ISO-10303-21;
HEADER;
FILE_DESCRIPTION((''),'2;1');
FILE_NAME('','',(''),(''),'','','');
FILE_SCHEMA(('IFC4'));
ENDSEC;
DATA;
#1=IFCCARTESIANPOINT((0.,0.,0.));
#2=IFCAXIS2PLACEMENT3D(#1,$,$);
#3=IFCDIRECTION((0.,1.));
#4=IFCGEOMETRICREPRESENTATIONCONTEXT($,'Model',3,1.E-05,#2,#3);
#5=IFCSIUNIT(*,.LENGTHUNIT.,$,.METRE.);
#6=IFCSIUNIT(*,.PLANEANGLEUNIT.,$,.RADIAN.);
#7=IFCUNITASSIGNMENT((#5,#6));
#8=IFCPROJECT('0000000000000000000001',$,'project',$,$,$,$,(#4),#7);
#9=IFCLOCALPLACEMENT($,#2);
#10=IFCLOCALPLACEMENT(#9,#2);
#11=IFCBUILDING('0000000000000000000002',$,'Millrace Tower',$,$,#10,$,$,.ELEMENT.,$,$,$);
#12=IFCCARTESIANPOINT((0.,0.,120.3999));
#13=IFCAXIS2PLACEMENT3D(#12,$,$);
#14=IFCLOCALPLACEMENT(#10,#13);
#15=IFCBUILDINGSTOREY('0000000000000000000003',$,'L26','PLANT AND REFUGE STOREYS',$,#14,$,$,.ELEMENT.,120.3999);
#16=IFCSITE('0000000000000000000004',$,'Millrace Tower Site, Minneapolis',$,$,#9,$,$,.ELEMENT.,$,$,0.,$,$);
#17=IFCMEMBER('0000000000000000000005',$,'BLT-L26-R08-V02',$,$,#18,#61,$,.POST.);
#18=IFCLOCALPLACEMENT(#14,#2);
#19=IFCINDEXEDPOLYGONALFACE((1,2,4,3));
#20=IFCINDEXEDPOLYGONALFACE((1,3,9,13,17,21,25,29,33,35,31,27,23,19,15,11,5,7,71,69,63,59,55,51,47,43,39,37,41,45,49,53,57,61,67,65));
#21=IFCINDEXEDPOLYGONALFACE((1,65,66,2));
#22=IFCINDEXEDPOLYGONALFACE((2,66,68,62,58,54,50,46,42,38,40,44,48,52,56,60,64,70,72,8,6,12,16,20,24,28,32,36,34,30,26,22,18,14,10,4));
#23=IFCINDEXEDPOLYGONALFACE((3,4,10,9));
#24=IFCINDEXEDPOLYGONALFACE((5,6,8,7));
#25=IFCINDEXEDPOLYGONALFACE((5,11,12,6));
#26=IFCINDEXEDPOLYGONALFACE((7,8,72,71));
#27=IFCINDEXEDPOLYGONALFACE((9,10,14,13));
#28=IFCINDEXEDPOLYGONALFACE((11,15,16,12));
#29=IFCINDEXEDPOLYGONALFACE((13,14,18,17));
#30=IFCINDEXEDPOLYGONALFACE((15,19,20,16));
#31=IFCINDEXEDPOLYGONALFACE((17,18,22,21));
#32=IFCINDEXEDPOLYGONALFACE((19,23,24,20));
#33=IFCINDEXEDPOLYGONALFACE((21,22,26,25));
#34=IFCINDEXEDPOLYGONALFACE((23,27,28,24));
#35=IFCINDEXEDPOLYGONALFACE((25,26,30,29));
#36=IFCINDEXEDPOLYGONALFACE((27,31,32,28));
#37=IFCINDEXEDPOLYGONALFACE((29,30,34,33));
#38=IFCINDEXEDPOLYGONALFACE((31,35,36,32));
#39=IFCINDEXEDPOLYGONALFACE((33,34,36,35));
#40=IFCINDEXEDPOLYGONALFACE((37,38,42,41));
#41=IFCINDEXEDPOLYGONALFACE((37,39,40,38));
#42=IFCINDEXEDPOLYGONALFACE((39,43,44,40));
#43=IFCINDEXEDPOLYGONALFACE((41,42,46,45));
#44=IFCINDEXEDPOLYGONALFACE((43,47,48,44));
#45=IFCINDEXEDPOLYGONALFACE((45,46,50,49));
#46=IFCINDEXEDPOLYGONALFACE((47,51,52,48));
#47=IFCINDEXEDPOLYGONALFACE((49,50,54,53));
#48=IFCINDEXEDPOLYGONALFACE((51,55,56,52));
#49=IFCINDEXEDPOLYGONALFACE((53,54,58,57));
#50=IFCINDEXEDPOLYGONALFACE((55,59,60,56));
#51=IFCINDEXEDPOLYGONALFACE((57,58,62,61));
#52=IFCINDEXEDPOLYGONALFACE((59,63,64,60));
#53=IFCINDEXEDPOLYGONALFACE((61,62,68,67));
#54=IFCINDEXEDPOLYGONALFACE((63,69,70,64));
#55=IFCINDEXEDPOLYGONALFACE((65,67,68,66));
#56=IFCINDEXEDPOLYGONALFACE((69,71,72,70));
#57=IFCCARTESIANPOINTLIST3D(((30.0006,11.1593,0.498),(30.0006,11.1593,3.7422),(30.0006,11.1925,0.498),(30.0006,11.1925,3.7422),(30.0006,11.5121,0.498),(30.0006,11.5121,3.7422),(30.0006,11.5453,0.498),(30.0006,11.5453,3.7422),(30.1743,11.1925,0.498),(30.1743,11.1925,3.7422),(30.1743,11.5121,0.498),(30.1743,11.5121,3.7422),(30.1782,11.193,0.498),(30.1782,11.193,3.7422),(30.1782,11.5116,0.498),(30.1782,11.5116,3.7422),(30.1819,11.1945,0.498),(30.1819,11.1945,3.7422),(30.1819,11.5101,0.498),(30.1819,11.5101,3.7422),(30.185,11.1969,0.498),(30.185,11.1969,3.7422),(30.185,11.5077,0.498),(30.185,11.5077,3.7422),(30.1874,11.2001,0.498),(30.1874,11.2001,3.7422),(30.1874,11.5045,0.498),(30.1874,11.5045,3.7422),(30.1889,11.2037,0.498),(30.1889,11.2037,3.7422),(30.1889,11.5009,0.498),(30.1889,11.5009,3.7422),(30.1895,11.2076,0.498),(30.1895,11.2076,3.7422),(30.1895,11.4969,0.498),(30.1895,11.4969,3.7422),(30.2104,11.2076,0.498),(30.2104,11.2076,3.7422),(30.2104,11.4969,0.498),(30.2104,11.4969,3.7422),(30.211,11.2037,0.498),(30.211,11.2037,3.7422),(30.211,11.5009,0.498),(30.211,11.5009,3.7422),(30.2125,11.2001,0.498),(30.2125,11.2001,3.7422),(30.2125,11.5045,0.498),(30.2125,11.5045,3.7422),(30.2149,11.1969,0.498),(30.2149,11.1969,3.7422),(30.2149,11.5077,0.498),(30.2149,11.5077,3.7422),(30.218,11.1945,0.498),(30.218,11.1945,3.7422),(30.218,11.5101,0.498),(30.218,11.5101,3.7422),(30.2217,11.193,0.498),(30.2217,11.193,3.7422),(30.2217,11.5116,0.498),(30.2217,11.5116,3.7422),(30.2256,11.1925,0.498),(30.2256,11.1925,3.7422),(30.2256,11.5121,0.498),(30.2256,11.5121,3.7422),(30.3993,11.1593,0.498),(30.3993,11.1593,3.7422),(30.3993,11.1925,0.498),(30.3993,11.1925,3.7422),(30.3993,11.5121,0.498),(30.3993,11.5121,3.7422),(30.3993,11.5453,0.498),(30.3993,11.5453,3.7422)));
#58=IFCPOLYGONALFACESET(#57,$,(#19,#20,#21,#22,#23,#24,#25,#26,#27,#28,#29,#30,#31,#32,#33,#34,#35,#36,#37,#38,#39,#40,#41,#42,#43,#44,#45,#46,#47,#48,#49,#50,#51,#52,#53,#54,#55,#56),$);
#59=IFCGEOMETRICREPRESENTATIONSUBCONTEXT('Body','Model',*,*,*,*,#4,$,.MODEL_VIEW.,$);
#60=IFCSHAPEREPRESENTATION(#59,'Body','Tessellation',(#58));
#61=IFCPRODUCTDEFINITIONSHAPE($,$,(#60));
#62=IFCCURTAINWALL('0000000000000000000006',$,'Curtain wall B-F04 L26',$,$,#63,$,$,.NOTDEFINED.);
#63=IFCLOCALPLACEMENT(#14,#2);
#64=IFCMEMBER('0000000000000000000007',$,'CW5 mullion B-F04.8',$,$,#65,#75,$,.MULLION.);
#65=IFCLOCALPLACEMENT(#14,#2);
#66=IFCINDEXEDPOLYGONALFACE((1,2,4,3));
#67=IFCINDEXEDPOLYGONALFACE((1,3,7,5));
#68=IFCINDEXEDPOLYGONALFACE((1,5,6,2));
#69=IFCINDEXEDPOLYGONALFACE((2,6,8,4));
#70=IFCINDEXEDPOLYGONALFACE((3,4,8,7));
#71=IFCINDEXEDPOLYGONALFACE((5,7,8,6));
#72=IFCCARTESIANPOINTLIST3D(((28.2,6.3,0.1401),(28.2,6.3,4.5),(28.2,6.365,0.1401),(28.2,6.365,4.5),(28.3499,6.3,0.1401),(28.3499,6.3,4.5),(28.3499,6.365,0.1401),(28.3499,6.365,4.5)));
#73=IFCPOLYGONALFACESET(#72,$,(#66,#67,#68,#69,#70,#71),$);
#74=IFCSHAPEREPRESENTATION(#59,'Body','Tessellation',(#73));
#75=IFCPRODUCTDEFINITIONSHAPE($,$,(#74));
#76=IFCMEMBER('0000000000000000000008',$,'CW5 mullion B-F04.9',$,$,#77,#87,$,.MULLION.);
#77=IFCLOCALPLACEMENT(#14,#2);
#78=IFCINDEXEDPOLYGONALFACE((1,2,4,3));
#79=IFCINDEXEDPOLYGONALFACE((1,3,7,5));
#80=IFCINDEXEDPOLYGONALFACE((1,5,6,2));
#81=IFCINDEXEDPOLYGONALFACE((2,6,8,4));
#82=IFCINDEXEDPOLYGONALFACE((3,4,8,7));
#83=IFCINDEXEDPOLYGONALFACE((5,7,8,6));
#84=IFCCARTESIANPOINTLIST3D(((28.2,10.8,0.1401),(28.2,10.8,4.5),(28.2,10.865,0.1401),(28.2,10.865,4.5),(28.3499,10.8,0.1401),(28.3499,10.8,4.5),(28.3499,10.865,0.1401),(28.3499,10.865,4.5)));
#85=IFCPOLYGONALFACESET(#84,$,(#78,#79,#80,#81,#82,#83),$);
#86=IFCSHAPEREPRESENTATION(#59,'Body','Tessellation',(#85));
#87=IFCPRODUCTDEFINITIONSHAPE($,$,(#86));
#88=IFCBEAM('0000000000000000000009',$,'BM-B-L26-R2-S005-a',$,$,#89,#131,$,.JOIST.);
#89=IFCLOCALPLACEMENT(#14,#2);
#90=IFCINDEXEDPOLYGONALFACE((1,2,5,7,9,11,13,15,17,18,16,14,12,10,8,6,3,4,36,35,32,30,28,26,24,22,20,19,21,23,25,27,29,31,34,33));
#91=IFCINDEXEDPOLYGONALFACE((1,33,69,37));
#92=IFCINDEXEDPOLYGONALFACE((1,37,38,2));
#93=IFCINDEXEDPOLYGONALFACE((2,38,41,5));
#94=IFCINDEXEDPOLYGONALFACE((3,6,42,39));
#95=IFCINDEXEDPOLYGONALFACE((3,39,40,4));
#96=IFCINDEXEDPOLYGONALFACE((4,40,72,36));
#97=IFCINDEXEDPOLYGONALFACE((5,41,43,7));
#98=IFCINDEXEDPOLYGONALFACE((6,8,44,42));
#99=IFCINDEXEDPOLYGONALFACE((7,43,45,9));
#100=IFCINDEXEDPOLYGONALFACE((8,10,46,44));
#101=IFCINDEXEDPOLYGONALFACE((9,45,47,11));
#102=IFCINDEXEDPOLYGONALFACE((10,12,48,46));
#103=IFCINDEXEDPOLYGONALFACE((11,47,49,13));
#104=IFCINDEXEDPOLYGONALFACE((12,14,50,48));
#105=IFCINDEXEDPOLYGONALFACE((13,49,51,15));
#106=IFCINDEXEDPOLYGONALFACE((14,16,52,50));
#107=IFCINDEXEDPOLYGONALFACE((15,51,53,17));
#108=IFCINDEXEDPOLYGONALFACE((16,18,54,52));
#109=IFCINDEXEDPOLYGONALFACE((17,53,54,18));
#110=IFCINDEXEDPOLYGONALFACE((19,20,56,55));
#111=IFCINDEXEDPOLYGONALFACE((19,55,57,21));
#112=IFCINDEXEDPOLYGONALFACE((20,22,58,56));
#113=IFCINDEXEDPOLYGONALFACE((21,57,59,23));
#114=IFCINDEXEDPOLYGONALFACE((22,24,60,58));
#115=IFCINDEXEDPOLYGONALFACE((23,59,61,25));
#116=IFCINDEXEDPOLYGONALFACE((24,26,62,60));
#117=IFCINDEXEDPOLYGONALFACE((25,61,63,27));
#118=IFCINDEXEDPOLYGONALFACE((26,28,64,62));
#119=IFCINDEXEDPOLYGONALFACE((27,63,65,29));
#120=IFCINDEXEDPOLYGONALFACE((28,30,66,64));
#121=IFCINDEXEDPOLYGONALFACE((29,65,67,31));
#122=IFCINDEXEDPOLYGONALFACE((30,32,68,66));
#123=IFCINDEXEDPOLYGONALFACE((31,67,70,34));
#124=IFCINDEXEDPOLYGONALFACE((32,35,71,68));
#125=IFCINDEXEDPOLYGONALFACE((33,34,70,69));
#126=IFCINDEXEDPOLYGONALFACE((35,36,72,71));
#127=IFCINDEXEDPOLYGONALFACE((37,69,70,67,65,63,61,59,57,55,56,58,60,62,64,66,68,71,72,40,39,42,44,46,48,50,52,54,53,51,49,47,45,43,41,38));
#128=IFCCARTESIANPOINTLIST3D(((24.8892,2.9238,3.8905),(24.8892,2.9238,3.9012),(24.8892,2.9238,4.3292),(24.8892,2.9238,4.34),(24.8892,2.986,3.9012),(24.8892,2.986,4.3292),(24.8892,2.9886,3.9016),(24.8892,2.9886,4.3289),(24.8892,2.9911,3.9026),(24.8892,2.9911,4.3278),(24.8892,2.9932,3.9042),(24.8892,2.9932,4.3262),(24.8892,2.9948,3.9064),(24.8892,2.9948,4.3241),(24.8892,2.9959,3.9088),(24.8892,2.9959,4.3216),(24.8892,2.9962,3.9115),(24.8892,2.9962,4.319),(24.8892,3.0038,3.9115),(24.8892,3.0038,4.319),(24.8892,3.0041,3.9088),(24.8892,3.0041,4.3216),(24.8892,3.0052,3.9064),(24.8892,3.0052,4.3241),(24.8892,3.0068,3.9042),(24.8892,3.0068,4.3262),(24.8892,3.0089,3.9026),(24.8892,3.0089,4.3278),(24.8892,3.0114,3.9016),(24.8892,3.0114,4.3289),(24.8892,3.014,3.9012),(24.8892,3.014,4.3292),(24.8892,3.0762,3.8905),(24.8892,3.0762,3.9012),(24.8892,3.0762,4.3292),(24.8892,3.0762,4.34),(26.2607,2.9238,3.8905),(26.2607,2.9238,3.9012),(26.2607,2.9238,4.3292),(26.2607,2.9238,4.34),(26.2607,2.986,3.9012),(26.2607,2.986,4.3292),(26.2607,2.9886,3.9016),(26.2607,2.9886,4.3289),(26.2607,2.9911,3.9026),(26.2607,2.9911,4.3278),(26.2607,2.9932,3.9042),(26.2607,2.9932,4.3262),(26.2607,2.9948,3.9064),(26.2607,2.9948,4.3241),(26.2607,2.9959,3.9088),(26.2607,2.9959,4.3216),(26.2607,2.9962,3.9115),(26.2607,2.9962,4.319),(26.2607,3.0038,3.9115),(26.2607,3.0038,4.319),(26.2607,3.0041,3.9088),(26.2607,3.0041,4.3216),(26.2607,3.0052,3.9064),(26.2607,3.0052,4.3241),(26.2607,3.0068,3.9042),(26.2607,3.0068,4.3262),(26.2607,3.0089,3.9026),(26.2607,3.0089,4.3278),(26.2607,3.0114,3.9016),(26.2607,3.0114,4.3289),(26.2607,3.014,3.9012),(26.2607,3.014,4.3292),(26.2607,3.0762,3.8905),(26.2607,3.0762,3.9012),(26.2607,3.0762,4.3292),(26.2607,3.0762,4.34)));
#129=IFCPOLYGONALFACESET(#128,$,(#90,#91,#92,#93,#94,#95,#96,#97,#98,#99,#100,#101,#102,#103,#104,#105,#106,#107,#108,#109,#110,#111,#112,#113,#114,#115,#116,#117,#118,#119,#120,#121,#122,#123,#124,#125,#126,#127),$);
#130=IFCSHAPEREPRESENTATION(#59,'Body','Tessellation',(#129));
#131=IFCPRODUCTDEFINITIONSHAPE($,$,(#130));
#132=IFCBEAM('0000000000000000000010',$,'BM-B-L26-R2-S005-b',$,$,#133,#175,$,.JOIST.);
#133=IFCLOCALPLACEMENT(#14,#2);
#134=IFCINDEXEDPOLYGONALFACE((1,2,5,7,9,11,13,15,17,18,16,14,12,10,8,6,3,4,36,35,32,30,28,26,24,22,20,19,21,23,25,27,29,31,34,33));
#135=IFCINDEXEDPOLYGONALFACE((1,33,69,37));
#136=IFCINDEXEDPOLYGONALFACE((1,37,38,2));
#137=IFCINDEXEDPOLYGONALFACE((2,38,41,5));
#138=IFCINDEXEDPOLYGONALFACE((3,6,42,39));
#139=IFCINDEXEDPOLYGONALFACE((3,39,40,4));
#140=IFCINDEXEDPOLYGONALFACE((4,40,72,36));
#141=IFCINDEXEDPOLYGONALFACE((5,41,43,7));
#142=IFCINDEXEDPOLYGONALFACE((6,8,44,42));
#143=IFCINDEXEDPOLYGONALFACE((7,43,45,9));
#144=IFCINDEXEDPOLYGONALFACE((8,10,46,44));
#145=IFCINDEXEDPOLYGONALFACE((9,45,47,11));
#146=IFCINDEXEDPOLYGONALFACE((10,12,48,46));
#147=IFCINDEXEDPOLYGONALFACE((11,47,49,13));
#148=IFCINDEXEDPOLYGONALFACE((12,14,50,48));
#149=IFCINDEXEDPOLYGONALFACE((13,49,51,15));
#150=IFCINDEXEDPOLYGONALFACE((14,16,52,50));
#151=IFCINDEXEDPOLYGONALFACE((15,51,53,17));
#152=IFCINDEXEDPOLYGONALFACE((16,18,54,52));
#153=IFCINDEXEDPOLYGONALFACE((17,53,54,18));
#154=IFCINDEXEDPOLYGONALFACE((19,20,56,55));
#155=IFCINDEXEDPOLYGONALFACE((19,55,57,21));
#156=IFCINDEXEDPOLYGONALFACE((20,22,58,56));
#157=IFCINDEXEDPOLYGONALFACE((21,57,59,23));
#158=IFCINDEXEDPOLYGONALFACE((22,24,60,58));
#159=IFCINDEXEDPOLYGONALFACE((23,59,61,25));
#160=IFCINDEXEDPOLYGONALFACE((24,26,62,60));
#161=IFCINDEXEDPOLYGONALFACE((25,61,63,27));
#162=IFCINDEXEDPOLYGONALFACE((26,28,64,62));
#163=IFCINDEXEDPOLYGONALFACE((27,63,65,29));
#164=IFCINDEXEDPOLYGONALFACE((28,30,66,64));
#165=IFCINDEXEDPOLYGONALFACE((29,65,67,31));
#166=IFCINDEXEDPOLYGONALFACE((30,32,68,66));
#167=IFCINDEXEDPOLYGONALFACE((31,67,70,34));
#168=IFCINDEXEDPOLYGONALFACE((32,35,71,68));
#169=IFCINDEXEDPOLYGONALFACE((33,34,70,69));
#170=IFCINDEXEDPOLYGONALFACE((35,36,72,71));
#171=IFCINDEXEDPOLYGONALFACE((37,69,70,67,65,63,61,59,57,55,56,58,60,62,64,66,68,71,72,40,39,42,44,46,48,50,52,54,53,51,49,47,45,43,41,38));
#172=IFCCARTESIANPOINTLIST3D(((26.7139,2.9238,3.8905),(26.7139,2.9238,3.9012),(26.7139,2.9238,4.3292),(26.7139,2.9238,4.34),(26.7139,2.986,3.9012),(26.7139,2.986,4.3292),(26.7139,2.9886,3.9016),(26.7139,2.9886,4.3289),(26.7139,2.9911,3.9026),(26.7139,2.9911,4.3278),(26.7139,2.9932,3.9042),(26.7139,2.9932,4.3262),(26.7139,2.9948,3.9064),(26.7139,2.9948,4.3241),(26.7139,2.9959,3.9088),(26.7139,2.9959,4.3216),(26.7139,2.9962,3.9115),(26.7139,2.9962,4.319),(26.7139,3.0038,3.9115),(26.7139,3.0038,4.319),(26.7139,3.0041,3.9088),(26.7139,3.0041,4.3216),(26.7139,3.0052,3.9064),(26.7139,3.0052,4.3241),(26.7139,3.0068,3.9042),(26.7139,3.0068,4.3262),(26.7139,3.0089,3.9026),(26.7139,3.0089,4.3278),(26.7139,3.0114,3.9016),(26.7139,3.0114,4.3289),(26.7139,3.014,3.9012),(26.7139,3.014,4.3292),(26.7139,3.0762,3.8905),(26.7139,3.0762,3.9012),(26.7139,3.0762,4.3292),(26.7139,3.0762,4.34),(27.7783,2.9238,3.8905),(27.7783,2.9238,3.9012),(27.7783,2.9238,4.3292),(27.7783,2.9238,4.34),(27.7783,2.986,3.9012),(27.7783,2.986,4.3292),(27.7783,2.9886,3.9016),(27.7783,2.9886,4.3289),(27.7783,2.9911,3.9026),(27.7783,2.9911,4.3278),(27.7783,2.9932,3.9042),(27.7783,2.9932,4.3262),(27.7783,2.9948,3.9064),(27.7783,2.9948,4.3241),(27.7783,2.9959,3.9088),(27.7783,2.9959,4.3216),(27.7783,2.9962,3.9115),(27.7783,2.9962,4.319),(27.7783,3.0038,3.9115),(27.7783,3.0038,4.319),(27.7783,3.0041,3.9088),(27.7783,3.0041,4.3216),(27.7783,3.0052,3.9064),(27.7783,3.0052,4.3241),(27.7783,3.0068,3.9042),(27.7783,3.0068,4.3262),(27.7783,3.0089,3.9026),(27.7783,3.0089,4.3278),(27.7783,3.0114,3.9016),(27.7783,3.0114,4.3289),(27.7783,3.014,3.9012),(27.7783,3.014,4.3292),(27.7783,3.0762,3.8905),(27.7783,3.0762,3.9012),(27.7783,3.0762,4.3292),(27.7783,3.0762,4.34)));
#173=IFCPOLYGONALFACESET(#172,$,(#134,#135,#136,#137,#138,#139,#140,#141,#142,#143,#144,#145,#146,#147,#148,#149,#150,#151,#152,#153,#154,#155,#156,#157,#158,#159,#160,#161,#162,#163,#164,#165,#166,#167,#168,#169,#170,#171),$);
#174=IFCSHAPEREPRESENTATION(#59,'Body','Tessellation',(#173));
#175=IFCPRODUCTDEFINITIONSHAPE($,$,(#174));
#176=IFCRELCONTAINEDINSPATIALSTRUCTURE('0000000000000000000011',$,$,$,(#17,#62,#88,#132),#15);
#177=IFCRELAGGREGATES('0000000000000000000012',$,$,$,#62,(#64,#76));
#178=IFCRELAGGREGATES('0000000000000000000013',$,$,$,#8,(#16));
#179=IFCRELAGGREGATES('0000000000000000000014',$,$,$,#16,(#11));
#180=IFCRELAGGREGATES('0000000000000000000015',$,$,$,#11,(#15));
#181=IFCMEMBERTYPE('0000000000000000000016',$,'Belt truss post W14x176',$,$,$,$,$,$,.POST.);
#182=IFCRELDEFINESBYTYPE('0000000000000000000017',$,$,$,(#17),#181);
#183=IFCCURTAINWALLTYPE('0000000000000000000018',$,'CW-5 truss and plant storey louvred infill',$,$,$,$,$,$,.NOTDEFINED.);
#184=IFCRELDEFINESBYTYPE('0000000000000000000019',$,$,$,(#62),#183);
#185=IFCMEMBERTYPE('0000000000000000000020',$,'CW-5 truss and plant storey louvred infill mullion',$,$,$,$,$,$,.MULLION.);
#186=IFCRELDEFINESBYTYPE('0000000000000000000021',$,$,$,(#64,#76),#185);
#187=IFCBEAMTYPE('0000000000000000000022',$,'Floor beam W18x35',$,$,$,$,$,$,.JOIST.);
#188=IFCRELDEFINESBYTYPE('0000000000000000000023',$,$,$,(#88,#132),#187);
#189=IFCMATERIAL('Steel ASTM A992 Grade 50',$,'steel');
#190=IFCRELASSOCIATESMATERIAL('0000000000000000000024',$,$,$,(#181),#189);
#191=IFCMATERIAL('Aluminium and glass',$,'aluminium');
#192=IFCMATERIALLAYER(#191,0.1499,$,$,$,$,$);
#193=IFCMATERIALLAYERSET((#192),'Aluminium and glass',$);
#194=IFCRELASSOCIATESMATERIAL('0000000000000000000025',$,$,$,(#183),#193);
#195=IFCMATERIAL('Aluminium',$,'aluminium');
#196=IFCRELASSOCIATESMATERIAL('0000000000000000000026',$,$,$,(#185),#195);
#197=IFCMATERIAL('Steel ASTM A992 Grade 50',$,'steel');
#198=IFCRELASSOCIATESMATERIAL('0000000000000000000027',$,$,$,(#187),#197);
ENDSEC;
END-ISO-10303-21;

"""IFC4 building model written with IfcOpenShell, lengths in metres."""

from ifc_helpers import new_model, si_unit, direction, frame, origin, origin_2d, place, context, subcontext, project, spatial, rectangle, i_section, extrude, material, layer, layer_set, material_profile, profile_set, type_object, element, aggregate, save


model = new_model("IFC4")

# Units and contexts
model_context = context("Model", 3, precision=1e-05, world=origin(), true_north=direction((0.0, 1.0)))
body_context = subcontext(model_context, "Body", "Model", "MODEL_VIEW")
ifc_project = project(units=[si_unit("LENGTHUNIT", "METRE"), si_unit("PLANEANGLEUNIT", "RADIAN")], contexts=[model_context])

# Site, building, storey
site_placement = place(None, origin())
site = spatial("IfcSite", under=ifc_project, at=site_placement, Name="Millrace Tower Site, Minneapolis", CompositionType="ELEMENT", RefElevation=0.0)
building_placement = place(site_placement, origin())
building = spatial("IfcBuilding", under=site, at=building_placement, Name="Millrace Tower", CompositionType="ELEMENT")
storey_placement = place(building_placement, frame((0.0, 0.0, 120.3999)))
storey = spatial("IfcBuildingStorey", under=building, at=storey_placement, Name="L26", Description="PLANT AND REFUGE STOREYS", CompositionType="ELEMENT", Elevation=120.3999)

# Member
ifc_material_1 = material(Name="Steel ASTM A992 Grade 50", Category="steel")
ifc_material_profile_1 = material_profile(ifc_material_1, i_section(OverallWidth=0.3987, OverallDepth=0.386, WebThickness=0.021, FlangeThickness=0.0332, FilletRadius=0.0151, at=origin_2d()))
ifc_profile_set_1 = profile_set([ifc_material_profile_1], Name="Steel ASTM A992 Grade 50")
member_type_1 = type_object("IfcMemberType", Name="Belt truss post W14x176", PredefinedType="POST", material=ifc_profile_set_1)
for number, where, z_axis, x_axis, name in (
    (1, (30.2, 11.3523, 0.498), (0.0, 0.0, 1.0), (1.0, 0.0, 0.0), "BLT-L26-R08-V02"),
):
    element("IfcMember", number, at=place(storey_placement, frame(where, z_axis=z_axis, x_axis=x_axis)), inside=storey, type_object=member_type_1, Name=name, PredefinedType="POST", context=body_context, shape_type="SweptSolid", body=[
        extrude(i_section(OverallWidth=0.3987, OverallDepth=0.386, WebThickness=0.021, FlangeThickness=0.0332, FilletRadius=0.0151, at=origin_2d()), origin(), (0.0, 0.0, 1.0), 3.2441),
    ])

# Curtain wall, members
ifc_material_2 = material(Name="Aluminium and glass", Category="aluminium")
ifc_layer_1 = layer(ifc_material_2, 0.1499)
ifc_layer_set_1 = layer_set([ifc_layer_1], Name="Aluminium and glass")
curtain_wall_type = type_object("IfcCurtainWallType", Name="CW-5 truss and plant storey louvred infill", PredefinedType="NOTDEFINED", material=ifc_layer_set_1)
curtain_wall_placement = place(storey_placement, origin())
curtain_wall = element("IfcCurtainWall", 2, at=curtain_wall_placement, inside=storey, type_object=curtain_wall_type, Name="Curtain wall B-F04 L26", PredefinedType="NOTDEFINED")
ifc_material_3 = material(Name="Aluminium", Category="aluminium")
ifc_material_profile_2 = material_profile(ifc_material_3, rectangle(XDim=0.0649, YDim=0.1499, at=origin_2d()))
ifc_profile_set_2 = profile_set([ifc_material_profile_2], Name="Aluminium")
member_type_2 = type_object("IfcMemberType", Name="CW-5 truss and plant storey louvred infill mullion", PredefinedType="MULLION", material=ifc_profile_set_2)
member_1_placement = place(storey_placement, frame((28.2749, 6.3325, 0.1401), z_axis=(0.0, 0.0, 1.0), x_axis=(0.0, 1.0, 0.0)))
member_1 = element("IfcMember", 3, at=member_1_placement, type_object=member_type_2, Name="CW5 mullion B-F04.8", PredefinedType="MULLION", context=body_context, shape_type="SweptSolid", body=[
    extrude(rectangle(XDim=0.0649, YDim=0.1499, at=origin_2d()), origin(), (0.0, 0.0, 1.0), 4.3599),
])
member_2_placement = place(storey_placement, frame((28.2749, 10.8325, 0.1401), z_axis=(0.0, 0.0, 1.0), x_axis=(0.0, 1.0, 0.0)))
member_2 = element("IfcMember", 4, at=member_2_placement, type_object=member_type_2, Name="CW5 mullion B-F04.9", PredefinedType="MULLION", context=body_context, shape_type="SweptSolid", body=[
    extrude(rectangle(XDim=0.0649, YDim=0.1499, at=origin_2d()), origin(), (0.0, 0.0, 1.0), 4.3599),
])
aggregate(curtain_wall, [member_1, member_2])

# Beams
ifc_material_4 = material(Name="Steel ASTM A992 Grade 50", Category="steel")
ifc_material_profile_3 = material_profile(ifc_material_4, i_section(OverallWidth=0.1523, OverallDepth=0.4495, WebThickness=0.0076, FlangeThickness=0.0107, FilletRadius=0.0103, at=origin_2d()))
ifc_profile_set_3 = profile_set([ifc_material_profile_3], Name="Steel ASTM A992 Grade 50")
beam_type_1 = type_object("IfcBeamType", Name="Floor beam W18x35", PredefinedType="JOIST", material=ifc_profile_set_3)
beam_1_placement = place(storey_placement, frame((24.8892, 3.0, 4.1152), z_axis=(1.0, 0.0, 0.0), x_axis=(0.0, 1.0, 0.0)))
element("IfcBeam", 5, at=beam_1_placement, inside=storey, type_object=beam_type_1, Name="BM-B-L26-R2-S005-a", PredefinedType="JOIST", context=body_context, shape_type="SweptSolid", body=[
    extrude(i_section(OverallWidth=0.1523, OverallDepth=0.4495, WebThickness=0.0076, FlangeThickness=0.0107, FilletRadius=0.0103, at=origin_2d()), origin(), (0.0, 0.0, 1.0), 1.3716),
])
beam_2_placement = place(storey_placement, frame((26.7139, 3.0, 4.1152), z_axis=(1.0, 0.0, 0.0), x_axis=(0.0, 1.0, 0.0)))
element("IfcBeam", 6, at=beam_2_placement, inside=storey, type_object=beam_type_1, Name="BM-B-L26-R2-S005-b", PredefinedType="JOIST", context=body_context, shape_type="SweptSolid", body=[
    extrude(i_section(OverallWidth=0.1523, OverallDepth=0.4495, WebThickness=0.0076, FlangeThickness=0.0107, FilletRadius=0.0103, at=origin_2d()), origin(), (0.0, 0.0, 1.0), 1.0645),
])

save(model, "model.ifc")
